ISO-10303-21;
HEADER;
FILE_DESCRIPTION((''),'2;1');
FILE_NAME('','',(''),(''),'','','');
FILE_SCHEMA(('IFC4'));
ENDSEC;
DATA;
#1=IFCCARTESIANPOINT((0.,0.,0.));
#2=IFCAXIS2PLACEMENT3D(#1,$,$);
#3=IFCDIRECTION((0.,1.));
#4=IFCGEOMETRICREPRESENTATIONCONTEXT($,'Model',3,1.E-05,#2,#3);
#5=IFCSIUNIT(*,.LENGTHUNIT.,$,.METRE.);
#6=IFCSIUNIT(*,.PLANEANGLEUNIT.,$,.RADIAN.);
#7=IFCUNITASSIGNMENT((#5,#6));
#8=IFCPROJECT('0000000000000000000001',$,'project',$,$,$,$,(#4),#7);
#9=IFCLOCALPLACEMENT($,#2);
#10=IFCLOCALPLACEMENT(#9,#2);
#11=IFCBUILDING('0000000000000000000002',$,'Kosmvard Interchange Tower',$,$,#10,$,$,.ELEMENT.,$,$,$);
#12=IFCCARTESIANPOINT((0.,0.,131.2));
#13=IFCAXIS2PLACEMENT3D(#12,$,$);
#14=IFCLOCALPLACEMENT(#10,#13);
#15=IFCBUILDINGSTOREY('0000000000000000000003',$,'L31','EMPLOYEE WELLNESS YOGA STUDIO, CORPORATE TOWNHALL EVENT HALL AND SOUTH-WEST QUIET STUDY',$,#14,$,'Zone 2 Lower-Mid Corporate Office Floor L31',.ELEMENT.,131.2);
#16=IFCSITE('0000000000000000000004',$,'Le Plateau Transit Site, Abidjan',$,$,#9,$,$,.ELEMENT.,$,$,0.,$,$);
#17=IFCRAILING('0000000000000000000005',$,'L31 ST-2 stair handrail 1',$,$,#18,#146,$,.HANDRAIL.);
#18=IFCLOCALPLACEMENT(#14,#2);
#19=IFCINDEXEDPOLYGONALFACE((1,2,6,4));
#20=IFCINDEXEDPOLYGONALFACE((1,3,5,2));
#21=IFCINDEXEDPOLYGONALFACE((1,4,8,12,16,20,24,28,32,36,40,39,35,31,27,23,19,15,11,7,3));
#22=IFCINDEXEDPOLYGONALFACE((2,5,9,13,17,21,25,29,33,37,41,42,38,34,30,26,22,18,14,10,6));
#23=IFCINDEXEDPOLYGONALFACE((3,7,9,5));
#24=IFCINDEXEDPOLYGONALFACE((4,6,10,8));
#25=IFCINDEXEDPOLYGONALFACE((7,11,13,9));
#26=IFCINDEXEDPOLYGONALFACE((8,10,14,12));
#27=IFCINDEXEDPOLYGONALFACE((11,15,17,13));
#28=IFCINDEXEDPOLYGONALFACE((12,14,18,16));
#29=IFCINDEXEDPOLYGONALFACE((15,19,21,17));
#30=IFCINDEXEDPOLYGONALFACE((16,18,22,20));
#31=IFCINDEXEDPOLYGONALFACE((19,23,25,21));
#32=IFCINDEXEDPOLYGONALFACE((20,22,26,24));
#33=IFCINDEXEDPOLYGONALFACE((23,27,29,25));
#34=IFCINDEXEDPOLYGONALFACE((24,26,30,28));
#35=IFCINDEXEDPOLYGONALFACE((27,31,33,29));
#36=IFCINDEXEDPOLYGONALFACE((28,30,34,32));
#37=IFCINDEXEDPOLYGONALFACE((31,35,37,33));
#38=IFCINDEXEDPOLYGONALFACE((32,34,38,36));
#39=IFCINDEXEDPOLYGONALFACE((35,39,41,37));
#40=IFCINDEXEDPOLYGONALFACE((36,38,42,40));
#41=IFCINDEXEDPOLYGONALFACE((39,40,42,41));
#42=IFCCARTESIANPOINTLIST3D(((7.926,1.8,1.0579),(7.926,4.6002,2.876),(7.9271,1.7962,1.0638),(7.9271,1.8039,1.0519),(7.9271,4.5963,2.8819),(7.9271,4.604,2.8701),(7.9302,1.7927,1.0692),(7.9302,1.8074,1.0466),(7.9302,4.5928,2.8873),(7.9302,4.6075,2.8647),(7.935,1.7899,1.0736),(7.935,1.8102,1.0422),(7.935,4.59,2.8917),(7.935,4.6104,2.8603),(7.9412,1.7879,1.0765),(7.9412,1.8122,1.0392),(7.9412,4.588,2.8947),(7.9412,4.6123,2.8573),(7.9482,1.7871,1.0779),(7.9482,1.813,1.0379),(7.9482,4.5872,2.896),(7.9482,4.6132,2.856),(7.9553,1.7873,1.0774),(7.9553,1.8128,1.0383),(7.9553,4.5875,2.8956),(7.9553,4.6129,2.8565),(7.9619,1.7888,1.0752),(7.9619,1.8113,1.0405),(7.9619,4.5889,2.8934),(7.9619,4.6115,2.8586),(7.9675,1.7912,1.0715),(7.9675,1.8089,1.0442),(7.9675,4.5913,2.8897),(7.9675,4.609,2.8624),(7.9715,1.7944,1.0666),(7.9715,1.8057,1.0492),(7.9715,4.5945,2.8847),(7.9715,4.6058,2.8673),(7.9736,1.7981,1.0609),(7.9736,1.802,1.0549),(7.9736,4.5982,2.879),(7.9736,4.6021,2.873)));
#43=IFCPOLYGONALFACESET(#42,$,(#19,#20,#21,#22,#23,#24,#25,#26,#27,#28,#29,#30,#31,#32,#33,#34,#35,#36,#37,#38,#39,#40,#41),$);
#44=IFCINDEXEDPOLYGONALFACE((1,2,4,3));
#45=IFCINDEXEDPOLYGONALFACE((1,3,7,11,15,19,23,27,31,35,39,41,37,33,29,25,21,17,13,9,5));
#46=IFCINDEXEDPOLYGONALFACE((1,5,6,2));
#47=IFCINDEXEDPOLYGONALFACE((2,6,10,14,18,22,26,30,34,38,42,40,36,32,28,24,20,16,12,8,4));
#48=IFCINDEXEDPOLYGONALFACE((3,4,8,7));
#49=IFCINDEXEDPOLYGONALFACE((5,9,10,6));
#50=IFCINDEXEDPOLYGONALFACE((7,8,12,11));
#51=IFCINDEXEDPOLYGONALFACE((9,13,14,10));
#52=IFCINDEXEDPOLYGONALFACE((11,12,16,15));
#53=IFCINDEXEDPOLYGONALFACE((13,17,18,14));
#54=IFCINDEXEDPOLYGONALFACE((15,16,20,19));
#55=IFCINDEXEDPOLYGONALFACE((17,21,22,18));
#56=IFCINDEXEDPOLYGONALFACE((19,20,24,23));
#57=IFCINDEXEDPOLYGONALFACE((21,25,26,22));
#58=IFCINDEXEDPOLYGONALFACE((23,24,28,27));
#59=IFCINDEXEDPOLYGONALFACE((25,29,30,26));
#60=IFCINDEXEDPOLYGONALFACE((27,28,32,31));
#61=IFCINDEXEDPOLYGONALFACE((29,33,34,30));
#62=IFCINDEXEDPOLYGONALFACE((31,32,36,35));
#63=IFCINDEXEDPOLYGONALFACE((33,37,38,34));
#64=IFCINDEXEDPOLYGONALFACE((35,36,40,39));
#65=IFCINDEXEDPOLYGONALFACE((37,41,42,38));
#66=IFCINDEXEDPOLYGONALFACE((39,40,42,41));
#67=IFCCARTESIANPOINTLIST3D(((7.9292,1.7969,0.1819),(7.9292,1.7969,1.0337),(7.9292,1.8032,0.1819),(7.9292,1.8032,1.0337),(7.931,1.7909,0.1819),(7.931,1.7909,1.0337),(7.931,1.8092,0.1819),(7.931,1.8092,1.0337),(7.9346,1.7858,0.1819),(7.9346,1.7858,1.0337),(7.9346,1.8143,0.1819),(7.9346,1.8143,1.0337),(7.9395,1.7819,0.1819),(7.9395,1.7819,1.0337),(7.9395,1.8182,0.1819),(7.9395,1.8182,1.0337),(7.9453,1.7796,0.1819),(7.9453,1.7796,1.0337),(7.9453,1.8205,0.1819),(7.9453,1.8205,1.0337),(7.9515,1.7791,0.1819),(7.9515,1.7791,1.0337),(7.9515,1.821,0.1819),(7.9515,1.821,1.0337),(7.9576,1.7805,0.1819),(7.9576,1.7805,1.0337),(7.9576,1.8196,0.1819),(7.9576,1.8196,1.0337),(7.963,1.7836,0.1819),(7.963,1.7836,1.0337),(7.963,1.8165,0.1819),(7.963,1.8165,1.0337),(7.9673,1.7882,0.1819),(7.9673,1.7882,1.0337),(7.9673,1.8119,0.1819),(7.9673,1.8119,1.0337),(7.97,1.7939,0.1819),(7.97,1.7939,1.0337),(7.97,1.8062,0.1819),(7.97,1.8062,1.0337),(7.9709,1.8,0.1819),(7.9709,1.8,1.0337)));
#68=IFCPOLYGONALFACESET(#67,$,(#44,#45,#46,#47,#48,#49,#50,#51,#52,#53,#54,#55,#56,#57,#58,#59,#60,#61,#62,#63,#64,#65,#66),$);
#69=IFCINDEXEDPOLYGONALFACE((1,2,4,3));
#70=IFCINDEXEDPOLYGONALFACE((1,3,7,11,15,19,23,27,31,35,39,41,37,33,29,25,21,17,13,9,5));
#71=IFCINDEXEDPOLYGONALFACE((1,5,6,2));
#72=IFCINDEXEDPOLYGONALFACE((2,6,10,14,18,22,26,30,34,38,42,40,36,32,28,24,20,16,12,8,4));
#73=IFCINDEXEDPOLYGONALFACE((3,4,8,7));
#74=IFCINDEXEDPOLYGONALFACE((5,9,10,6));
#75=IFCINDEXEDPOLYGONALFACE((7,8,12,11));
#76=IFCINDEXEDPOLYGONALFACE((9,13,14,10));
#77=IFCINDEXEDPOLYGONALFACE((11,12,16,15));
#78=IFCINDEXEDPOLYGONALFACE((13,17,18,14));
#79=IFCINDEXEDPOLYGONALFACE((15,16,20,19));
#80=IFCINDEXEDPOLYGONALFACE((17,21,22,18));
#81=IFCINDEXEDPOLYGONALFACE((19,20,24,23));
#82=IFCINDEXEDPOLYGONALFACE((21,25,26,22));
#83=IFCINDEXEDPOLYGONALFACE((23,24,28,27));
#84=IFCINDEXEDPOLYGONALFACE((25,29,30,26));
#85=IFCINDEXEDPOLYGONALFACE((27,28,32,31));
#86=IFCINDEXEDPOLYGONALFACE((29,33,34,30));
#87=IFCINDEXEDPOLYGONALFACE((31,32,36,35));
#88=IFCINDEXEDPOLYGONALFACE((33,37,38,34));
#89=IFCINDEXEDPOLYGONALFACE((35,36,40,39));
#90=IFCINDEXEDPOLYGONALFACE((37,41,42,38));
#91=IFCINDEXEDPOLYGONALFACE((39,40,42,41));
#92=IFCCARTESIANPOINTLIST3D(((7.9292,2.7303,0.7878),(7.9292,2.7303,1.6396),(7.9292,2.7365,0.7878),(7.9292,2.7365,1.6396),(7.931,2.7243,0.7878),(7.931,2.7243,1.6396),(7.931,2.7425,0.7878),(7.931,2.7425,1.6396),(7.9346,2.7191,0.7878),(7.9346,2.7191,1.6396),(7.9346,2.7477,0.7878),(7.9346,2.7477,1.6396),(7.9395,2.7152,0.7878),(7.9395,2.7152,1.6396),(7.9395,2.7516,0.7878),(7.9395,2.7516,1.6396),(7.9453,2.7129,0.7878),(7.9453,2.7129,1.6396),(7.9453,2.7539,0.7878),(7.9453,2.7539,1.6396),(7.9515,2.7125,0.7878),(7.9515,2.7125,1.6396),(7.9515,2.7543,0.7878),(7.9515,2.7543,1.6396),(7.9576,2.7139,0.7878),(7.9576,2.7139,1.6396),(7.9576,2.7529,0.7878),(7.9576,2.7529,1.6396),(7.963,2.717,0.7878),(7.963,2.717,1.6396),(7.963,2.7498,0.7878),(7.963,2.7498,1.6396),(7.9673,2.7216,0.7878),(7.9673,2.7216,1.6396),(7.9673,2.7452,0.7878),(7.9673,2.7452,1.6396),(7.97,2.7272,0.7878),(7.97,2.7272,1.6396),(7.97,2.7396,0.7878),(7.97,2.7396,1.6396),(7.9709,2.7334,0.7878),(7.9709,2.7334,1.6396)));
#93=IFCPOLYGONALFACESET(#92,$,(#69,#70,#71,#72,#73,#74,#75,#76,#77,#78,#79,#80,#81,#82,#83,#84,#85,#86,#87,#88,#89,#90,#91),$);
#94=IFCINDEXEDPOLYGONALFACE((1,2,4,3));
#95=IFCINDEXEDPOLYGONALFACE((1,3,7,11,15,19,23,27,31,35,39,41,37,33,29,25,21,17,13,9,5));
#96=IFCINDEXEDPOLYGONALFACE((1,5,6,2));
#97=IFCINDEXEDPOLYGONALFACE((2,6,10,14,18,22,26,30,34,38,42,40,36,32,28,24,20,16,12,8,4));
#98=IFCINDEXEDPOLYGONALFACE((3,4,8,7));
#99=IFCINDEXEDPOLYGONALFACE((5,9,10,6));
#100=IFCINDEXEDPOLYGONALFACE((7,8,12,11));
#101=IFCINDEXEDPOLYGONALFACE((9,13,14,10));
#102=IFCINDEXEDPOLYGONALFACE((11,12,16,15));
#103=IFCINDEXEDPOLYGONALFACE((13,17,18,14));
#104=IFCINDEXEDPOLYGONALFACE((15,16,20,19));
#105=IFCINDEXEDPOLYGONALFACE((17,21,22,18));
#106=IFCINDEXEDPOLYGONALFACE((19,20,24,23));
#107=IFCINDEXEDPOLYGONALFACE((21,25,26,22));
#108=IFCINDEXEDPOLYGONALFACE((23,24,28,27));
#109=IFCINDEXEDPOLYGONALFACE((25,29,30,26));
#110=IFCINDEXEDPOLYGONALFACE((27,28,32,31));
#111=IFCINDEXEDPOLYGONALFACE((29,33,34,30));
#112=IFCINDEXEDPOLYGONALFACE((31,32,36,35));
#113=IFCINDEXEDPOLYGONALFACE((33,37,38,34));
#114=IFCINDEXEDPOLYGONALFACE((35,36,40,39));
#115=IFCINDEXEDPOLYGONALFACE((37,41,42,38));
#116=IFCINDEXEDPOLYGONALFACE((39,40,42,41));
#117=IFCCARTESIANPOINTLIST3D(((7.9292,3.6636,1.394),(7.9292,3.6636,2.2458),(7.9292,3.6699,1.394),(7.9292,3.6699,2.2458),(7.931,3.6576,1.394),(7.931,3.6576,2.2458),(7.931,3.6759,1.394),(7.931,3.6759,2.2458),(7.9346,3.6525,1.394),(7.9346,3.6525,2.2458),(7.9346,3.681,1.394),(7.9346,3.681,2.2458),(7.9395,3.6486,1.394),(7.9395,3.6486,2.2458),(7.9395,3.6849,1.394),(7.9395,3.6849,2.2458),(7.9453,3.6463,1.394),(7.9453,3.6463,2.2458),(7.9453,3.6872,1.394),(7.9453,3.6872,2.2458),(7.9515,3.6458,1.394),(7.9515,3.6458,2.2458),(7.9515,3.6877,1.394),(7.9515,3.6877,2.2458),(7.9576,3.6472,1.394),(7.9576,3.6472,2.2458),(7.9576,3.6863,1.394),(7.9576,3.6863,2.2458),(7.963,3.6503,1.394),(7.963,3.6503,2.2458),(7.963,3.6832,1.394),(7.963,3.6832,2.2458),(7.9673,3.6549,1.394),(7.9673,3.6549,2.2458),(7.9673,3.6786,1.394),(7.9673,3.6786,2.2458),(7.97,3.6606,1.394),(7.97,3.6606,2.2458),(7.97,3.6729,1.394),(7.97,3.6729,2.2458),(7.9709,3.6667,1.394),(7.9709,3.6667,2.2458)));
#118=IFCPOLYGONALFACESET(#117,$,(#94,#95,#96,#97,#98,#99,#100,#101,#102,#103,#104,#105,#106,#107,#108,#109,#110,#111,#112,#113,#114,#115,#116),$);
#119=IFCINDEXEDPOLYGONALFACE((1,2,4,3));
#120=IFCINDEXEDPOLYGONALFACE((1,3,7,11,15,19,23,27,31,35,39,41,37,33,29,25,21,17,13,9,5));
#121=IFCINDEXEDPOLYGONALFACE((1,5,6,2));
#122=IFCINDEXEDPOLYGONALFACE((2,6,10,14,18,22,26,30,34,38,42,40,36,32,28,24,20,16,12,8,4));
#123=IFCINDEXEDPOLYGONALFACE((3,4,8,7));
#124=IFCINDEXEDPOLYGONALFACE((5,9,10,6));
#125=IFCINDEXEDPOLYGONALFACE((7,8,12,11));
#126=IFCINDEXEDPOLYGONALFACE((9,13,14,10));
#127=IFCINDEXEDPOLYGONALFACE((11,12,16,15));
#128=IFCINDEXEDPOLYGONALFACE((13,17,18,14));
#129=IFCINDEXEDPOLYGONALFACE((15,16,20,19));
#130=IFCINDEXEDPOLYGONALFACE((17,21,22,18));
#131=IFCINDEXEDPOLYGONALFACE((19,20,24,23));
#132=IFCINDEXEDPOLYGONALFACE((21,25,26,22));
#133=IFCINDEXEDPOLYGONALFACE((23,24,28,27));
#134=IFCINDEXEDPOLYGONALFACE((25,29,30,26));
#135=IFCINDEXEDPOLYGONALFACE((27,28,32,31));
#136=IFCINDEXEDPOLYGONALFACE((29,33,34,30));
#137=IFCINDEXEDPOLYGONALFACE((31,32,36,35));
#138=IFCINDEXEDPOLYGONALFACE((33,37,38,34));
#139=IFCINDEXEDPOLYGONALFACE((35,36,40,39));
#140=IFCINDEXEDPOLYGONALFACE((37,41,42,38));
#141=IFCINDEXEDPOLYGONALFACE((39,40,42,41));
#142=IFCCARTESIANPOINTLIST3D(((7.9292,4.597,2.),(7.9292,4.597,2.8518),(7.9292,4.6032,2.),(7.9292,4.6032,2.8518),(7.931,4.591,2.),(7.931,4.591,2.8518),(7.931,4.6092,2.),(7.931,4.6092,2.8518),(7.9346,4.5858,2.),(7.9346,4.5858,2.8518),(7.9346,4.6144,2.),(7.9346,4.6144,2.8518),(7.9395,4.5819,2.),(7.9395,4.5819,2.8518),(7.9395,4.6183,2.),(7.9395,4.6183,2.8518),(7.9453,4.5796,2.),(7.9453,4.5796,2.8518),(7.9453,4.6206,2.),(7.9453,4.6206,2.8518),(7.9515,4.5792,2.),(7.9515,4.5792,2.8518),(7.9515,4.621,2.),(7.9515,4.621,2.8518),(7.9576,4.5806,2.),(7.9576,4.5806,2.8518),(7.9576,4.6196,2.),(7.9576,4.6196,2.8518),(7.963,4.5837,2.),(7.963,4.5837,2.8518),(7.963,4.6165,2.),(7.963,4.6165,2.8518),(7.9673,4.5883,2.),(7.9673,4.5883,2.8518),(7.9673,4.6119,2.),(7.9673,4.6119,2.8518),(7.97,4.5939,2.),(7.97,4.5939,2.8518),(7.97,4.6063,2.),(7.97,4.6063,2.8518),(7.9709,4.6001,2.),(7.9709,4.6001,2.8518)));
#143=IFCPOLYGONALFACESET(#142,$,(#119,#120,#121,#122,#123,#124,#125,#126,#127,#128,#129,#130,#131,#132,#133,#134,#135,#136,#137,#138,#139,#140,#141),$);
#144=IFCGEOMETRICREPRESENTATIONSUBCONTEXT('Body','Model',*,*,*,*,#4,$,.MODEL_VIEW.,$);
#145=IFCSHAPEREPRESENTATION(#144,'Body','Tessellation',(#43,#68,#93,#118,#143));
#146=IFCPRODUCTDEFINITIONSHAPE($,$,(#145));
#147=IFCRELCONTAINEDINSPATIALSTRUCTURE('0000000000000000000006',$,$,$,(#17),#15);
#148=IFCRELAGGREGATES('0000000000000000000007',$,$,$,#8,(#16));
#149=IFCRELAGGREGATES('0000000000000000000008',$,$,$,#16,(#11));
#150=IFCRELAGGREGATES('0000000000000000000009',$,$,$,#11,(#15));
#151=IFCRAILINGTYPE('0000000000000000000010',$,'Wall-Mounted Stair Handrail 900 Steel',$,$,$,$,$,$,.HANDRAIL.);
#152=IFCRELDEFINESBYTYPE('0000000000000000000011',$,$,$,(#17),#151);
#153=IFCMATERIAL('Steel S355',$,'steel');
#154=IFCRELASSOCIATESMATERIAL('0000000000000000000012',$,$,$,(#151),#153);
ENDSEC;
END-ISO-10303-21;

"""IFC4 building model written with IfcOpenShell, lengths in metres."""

from ifc_helpers import new_model, si_unit, direction, frame, origin, origin_2d, place, context, subcontext, project, spatial, circle, extrude, source, transform, mapped, material, type_object, element, save


model = new_model("IFC4")

# Units and contexts
model_context = context("Model", 3, precision=1e-05, world=origin(), true_north=direction((0.0, 1.0)))
body_context = subcontext(model_context, "Body", "Model", "MODEL_VIEW")
ifc_project = project(units=[si_unit("LENGTHUNIT", "METRE"), si_unit("PLANEANGLEUNIT", "RADIAN")], contexts=[model_context])

# Site, building, storey
site_placement = place(None, origin())
site = spatial("IfcSite", under=ifc_project, at=site_placement, Name="Le Plateau Transit Site, Abidjan", CompositionType="ELEMENT", RefElevation=0.0)
building_placement = place(site_placement, origin())
building = spatial("IfcBuilding", under=site, at=building_placement, Name="Kosmvard Interchange Tower", CompositionType="ELEMENT")
storey_placement = place(building_placement, frame((0.0, 0.0, 131.2)))
storey = spatial("IfcBuildingStorey", under=building, at=storey_placement, Name="L31", Description="EMPLOYEE WELLNESS YOGA STUDIO, CORPORATE TOWNHALL EVENT HALL AND SOUTH-WEST QUIET STUDY", LongName="Zone 2 Lower-Mid Corporate Office Floor L31", CompositionType="ELEMENT", Elevation=131.2)

# Shared definitions
ifc_material_1 = material(Name="Steel S355", Category="steel")

# Railing
railing_type_1 = type_object("IfcRailingType", Name="Wall-Mounted Stair Handrail 900 Steel", PredefinedType="HANDRAIL", material=ifc_material_1)
shared_shape_1 = source(origin(), body_context, "Body", "SweptSolid", [
    extrude(circle(Radius=0.0239, at=origin_2d()), frame((0.0, 0.0, 0.876), z_axis=(0.0, 0.838706, 0.544585), x_axis=(-1.0, 0.0, 0.0)), (0.0, 0.0, 1.0), 3.3386),
    extrude(circle(Radius=0.021, at=origin_2d()), origin(), (0.0, 0.0, 1.0), 0.8518),
    extrude(circle(Radius=0.021, at=origin_2d()), frame((0.0, 0.9333, 0.606)), (0.0, 0.0, 1.0), 0.8518),
    extrude(circle(Radius=0.021, at=origin_2d()), frame((0.0, 1.8667, 1.2122)), (0.0, 0.0, 1.0), 0.8518),
    extrude(circle(Radius=0.021, at=origin_2d()), frame((0.0, 2.8, 1.8181)), (0.0, 0.0, 1.0), 0.8518),
])
railing_1_placement = place(storey_placement, frame((7.95, 1.8, 0.1819)))
element("IfcRailing", 1, at=railing_1_placement, inside=storey, type_object=railing_type_1, Name="L31 ST-2 stair handrail 1", PredefinedType="HANDRAIL", context=body_context, shape_type="MappedRepresentation", body=[
    mapped(shared_shape_1, transform((0.0, 0.0, 0.0), scale=1.0)),
])

save(model, "model.ifc")
